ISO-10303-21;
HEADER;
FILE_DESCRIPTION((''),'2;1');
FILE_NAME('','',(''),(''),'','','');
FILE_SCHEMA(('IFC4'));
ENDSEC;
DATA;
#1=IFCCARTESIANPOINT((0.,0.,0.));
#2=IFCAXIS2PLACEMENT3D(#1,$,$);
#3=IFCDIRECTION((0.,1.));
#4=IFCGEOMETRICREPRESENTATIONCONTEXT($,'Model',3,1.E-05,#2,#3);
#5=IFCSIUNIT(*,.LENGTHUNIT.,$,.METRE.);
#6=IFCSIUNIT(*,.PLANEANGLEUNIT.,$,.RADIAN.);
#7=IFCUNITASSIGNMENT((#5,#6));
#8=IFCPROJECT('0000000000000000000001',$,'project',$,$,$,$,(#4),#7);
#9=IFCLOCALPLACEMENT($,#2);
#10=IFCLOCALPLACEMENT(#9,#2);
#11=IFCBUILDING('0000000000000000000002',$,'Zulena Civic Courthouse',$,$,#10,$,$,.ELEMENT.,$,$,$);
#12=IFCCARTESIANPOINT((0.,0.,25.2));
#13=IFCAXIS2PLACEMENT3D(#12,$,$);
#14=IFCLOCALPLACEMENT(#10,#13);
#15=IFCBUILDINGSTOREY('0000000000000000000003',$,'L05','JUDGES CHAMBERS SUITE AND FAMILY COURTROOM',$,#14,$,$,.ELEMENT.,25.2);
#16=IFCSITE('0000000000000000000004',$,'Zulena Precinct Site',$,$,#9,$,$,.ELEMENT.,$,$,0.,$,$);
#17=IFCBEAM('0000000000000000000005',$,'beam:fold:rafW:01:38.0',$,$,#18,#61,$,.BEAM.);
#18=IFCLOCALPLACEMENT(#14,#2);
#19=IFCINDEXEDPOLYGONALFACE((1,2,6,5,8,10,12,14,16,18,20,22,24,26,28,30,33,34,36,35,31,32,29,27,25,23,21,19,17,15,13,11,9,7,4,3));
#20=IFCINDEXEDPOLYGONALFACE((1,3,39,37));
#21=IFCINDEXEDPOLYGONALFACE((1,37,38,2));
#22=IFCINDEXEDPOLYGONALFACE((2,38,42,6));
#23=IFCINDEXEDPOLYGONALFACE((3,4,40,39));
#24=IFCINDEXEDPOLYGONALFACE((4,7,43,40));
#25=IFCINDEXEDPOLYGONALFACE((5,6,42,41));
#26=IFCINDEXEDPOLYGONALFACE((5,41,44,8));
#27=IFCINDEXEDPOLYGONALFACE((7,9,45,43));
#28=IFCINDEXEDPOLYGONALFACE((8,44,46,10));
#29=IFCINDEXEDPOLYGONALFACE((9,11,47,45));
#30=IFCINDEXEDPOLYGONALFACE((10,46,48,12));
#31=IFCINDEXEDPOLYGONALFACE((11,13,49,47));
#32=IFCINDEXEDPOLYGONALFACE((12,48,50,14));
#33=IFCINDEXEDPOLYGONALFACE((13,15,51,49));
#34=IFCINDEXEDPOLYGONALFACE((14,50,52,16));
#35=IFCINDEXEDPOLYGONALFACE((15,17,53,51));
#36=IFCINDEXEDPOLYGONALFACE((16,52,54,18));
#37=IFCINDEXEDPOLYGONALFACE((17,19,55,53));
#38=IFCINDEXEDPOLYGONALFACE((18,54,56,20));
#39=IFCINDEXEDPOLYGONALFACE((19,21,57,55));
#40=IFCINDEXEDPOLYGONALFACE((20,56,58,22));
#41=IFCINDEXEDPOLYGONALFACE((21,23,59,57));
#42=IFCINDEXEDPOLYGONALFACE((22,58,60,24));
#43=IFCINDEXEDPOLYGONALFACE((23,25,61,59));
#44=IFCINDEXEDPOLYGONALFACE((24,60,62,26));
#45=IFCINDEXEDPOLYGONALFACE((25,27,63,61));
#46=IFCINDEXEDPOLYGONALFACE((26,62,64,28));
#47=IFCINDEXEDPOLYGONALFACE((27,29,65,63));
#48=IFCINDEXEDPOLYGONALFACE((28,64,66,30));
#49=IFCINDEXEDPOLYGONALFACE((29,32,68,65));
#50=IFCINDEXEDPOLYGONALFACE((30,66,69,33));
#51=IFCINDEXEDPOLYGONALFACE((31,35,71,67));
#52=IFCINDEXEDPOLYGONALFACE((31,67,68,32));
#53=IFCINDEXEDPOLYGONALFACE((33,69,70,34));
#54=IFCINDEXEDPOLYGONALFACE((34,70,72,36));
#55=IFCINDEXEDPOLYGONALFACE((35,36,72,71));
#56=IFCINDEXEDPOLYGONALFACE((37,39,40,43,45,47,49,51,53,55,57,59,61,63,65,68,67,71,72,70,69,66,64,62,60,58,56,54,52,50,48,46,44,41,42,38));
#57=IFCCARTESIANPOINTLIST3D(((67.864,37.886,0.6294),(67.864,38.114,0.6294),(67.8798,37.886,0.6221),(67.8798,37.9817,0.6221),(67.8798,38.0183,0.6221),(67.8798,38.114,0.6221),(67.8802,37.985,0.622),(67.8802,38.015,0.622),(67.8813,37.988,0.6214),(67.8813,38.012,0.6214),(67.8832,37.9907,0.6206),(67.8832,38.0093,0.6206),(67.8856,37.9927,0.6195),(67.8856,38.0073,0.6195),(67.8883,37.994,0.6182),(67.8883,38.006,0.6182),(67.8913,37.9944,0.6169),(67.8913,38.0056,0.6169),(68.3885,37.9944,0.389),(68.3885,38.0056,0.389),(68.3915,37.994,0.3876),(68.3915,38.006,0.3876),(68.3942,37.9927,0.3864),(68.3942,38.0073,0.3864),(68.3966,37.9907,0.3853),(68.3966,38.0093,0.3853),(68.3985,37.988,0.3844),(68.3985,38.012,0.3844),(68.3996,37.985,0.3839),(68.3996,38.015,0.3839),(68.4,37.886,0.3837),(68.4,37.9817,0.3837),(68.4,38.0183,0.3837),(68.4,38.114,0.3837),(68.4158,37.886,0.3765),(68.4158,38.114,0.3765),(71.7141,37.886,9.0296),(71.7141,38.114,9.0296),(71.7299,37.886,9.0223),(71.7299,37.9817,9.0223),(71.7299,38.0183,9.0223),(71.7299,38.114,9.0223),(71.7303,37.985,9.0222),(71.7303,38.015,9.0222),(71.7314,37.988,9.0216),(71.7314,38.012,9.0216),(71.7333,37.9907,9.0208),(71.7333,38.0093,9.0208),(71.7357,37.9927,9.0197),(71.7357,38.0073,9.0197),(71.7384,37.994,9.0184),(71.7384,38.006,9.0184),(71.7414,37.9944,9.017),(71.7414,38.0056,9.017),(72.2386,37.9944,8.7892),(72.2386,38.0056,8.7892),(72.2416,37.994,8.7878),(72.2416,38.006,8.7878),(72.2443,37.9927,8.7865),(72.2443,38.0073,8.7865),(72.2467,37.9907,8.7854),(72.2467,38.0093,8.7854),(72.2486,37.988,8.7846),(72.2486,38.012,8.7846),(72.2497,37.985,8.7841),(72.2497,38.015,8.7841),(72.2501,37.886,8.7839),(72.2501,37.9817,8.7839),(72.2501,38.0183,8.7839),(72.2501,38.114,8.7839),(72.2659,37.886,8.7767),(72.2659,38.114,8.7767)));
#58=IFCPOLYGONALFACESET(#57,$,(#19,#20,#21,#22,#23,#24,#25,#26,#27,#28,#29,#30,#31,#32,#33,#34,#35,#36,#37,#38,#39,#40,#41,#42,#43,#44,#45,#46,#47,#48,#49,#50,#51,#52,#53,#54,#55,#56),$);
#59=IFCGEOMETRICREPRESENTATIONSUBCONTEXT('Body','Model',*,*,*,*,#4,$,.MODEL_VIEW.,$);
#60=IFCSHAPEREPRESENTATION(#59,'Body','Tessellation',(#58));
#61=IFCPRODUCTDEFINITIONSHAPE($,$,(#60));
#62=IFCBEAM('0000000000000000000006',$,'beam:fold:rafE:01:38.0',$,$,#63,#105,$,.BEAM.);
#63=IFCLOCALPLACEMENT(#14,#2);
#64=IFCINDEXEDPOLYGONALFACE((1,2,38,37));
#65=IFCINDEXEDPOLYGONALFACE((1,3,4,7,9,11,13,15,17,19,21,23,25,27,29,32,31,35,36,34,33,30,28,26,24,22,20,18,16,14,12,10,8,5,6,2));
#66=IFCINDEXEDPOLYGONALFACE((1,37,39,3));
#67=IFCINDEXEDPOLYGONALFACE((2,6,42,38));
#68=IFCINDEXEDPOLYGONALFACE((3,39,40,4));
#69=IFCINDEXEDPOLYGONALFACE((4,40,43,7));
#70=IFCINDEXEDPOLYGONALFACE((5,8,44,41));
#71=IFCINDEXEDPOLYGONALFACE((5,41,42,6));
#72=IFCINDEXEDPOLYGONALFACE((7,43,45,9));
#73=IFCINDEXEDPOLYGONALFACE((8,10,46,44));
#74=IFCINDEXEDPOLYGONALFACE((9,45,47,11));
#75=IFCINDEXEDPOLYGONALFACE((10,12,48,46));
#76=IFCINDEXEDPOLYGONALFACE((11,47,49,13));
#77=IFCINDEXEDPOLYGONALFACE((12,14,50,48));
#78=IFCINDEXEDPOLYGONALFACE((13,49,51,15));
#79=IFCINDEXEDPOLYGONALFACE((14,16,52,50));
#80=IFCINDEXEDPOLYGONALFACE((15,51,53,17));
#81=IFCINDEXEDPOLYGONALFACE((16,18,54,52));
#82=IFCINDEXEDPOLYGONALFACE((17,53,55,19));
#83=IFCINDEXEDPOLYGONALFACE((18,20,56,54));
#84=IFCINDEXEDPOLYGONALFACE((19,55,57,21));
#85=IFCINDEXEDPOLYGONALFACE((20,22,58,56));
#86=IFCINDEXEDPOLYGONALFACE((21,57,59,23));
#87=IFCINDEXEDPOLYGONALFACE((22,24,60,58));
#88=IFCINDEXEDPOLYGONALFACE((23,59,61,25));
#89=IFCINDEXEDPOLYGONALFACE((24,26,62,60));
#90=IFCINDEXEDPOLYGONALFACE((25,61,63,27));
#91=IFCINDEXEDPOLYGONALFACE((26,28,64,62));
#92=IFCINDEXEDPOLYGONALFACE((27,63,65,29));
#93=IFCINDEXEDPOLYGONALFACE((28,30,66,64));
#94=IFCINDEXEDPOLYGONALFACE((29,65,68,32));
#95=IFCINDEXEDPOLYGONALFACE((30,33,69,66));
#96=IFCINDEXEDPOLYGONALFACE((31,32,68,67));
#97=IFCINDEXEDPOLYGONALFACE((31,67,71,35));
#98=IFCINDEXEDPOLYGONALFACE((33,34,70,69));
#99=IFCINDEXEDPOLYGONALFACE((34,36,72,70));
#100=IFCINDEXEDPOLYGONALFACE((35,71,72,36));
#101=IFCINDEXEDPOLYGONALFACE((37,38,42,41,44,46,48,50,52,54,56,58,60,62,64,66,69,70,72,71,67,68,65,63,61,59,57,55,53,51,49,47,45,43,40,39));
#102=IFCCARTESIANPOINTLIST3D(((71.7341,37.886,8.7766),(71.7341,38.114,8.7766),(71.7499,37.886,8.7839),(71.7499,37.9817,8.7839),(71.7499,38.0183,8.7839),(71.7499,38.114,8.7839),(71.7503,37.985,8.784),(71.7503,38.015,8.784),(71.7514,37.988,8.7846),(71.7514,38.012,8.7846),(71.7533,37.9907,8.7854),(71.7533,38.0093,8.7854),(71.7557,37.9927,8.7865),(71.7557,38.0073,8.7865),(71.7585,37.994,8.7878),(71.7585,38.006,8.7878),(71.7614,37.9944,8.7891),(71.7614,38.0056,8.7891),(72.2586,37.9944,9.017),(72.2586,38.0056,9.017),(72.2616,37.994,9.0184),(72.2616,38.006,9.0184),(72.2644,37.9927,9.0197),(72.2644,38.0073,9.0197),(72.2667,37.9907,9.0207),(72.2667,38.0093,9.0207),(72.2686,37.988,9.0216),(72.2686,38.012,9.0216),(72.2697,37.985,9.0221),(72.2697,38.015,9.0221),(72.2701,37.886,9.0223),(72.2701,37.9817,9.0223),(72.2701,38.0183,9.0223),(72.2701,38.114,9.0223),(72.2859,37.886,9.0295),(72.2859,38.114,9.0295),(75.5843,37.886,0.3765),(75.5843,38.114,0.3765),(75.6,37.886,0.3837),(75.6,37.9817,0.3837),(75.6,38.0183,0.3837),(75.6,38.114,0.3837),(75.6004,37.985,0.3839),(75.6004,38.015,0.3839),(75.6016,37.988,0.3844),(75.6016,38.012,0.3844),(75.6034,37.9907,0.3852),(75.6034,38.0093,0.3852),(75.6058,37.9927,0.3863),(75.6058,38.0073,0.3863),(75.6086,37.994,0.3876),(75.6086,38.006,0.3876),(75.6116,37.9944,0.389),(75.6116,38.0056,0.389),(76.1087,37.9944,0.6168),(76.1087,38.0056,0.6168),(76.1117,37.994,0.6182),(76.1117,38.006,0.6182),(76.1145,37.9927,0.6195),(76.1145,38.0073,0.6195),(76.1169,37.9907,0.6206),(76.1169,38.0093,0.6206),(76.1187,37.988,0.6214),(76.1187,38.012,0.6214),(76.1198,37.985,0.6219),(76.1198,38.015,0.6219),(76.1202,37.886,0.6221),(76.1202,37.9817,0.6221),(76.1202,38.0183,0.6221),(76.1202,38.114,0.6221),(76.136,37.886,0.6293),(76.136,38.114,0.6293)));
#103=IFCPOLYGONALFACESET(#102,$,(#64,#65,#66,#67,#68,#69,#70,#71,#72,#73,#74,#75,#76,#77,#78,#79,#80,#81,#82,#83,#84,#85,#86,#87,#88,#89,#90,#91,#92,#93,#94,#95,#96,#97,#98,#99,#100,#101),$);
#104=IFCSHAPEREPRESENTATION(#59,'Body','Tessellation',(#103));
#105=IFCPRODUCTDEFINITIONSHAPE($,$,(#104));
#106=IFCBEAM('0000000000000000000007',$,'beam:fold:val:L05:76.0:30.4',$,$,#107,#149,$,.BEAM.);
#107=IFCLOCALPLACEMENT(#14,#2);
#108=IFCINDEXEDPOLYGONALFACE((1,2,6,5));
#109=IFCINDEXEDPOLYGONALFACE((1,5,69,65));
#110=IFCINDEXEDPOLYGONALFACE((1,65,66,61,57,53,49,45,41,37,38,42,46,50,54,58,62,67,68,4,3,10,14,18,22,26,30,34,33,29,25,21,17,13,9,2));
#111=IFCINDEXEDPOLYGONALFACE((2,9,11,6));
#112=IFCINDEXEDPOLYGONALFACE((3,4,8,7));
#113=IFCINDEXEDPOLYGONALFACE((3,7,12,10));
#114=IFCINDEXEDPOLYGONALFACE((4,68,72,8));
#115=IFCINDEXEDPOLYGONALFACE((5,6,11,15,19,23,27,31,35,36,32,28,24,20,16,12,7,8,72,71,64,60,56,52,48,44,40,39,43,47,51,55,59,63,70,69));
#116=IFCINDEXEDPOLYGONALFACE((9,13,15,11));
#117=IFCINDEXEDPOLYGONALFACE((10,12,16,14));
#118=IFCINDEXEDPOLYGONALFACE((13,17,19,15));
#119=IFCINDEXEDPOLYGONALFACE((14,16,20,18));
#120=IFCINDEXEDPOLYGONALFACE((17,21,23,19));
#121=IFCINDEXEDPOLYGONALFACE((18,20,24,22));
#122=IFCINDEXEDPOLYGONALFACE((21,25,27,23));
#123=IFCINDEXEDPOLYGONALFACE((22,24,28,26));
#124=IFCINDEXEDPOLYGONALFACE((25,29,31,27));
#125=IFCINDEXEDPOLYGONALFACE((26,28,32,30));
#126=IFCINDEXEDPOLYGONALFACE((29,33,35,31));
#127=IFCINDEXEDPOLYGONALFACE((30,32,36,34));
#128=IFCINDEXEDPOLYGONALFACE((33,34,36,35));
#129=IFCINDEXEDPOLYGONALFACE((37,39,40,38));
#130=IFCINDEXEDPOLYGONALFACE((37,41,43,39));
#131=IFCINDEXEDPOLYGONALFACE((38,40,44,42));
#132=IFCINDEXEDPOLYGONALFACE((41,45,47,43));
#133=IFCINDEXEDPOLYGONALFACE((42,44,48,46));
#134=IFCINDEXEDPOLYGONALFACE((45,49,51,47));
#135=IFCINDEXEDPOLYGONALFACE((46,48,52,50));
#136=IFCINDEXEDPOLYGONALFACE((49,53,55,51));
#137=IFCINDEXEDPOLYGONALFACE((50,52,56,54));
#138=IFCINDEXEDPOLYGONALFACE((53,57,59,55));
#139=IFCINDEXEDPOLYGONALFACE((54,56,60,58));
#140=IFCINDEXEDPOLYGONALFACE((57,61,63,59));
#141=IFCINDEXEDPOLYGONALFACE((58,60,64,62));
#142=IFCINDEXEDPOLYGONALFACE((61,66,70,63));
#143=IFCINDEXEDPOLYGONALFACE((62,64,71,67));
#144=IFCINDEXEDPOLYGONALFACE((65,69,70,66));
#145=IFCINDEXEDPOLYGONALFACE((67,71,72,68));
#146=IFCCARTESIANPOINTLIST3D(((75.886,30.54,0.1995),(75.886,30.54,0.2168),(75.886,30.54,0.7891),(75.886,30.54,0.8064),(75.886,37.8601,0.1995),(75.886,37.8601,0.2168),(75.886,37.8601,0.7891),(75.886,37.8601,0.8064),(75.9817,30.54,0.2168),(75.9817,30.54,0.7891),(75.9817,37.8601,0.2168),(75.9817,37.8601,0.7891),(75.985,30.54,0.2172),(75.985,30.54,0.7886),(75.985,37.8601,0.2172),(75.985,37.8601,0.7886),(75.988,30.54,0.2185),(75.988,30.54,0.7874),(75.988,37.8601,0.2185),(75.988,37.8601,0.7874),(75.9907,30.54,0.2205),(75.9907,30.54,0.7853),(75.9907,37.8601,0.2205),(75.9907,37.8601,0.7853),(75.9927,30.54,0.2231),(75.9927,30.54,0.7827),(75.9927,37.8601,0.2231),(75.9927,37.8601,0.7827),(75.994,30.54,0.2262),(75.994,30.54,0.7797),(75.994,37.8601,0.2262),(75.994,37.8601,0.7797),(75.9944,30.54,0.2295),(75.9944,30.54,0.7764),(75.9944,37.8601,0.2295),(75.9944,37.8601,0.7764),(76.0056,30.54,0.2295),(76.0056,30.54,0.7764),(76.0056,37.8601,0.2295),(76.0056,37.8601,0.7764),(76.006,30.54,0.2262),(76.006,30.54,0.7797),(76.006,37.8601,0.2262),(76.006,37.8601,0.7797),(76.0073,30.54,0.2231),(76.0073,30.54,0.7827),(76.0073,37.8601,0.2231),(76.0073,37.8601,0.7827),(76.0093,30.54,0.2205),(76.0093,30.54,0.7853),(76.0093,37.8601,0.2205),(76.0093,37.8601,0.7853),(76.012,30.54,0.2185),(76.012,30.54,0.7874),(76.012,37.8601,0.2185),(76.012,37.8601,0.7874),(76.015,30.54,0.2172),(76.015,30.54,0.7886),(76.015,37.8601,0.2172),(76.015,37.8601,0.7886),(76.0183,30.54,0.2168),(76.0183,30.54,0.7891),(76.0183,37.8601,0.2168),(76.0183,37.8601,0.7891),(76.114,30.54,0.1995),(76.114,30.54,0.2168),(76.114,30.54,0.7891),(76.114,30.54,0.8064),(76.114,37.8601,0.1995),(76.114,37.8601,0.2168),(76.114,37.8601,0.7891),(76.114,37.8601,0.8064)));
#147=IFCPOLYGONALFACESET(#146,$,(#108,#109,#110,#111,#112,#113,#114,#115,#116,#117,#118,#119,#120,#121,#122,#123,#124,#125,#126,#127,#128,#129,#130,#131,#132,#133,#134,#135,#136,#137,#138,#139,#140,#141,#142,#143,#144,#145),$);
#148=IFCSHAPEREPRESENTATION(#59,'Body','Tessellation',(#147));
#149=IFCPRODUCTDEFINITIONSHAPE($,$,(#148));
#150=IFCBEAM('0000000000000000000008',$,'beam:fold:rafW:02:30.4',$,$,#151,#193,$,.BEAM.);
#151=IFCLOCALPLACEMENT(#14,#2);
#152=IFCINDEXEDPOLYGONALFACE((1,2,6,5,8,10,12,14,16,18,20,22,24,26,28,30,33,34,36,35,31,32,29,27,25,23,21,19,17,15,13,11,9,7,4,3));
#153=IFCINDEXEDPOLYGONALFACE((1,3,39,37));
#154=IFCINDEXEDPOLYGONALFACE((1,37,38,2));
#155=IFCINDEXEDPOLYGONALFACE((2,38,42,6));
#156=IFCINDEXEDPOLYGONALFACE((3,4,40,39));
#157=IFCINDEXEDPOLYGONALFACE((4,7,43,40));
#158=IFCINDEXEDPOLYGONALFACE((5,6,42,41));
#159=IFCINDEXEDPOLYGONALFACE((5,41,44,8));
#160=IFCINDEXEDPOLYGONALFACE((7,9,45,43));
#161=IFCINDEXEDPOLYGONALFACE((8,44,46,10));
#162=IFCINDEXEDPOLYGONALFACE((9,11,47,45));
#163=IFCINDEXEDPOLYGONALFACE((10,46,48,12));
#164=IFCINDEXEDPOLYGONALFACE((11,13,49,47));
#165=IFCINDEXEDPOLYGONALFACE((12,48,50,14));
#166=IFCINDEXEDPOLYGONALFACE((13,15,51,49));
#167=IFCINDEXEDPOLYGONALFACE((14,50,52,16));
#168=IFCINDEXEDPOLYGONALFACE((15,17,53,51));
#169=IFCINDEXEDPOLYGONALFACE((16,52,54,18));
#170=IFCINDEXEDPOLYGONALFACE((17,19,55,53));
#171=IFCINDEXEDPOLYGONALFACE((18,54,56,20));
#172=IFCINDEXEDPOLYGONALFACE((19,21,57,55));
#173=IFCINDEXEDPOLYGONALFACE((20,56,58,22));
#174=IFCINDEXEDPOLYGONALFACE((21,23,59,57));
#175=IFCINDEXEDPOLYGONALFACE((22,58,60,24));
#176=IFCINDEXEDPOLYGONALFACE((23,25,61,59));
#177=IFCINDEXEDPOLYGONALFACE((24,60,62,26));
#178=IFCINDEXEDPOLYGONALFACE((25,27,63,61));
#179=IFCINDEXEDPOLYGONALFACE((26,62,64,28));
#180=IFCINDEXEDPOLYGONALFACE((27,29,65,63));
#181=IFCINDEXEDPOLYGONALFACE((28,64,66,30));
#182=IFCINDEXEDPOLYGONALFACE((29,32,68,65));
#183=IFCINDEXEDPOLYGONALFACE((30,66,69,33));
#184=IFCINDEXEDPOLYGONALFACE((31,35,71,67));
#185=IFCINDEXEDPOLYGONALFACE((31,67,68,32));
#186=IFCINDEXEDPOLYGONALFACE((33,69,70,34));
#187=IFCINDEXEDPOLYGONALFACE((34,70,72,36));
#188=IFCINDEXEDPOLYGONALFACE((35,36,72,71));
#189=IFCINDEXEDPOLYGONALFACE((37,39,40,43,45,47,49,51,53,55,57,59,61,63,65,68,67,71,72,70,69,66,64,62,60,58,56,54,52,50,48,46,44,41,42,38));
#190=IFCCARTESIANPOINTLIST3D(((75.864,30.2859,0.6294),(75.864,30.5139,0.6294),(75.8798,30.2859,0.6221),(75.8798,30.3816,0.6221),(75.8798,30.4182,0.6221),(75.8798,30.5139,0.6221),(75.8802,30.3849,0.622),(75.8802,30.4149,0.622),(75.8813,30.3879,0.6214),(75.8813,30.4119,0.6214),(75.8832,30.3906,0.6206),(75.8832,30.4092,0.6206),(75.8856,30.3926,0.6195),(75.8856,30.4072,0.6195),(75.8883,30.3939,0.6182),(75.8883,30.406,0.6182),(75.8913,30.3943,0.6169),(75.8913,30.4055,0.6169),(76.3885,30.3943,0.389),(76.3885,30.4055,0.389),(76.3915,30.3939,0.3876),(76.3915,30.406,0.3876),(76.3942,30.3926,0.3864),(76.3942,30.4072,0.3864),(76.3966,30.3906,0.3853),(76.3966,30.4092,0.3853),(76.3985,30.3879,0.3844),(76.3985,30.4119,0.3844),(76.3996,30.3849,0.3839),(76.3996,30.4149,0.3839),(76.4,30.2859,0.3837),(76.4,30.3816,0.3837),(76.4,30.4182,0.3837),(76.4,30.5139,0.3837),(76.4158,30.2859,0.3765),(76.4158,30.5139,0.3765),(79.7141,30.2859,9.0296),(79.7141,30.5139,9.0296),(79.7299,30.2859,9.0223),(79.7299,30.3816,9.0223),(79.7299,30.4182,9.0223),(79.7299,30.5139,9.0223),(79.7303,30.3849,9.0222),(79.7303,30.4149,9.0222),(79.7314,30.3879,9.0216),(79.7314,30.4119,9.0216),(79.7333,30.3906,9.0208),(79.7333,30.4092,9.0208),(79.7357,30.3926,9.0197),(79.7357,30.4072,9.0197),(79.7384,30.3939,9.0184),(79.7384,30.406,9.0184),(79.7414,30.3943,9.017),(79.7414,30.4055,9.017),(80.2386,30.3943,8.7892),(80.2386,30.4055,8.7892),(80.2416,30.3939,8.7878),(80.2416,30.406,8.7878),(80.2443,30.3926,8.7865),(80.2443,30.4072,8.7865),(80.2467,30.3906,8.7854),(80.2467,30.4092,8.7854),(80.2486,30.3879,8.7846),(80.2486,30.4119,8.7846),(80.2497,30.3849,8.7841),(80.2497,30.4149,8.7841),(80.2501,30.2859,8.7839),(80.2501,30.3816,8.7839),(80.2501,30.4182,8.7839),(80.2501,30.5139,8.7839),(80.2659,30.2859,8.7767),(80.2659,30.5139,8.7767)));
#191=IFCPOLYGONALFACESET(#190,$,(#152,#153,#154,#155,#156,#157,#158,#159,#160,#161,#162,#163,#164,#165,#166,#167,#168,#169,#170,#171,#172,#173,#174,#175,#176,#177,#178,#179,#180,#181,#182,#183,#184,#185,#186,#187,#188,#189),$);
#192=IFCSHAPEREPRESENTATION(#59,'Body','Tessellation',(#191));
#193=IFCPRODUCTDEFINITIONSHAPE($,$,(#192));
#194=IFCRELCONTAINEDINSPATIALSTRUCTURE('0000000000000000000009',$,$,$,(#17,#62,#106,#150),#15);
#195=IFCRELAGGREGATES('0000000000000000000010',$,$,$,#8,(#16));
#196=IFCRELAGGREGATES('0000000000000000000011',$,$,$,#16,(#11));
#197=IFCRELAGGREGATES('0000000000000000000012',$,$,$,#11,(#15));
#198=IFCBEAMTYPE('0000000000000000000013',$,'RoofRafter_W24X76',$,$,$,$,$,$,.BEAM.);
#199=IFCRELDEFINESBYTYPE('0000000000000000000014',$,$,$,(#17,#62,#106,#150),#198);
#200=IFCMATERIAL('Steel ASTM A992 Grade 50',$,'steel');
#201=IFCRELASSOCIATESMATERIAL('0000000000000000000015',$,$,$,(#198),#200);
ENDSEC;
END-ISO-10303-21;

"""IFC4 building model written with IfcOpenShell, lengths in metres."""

from ifc_helpers import new_model, si_unit, direction, frame, origin, origin_2d, place, context, subcontext, project, spatial, i_section, extrude, material, material_profile, profile_set, type_object, element, save


model = new_model("IFC4")

# Units and contexts
model_context = context("Model", 3, precision=1e-05, world=origin(), true_north=direction((0.0, 1.0)))
body_context = subcontext(model_context, "Body", "Model", "MODEL_VIEW")
ifc_project = project(units=[si_unit("LENGTHUNIT", "METRE"), si_unit("PLANEANGLEUNIT", "RADIAN")], contexts=[model_context])

# Site, building, storey
site_placement = place(None, origin())
site = spatial("IfcSite", under=ifc_project, at=site_placement, Name="Zulena Precinct Site", CompositionType="ELEMENT", RefElevation=0.0)
building_placement = place(site_placement, origin())
building = spatial("IfcBuilding", under=site, at=building_placement, Name="Zulena Civic Courthouse", CompositionType="ELEMENT")
storey_placement = place(building_placement, frame((0.0, 0.0, 25.2)))
storey = spatial("IfcBuildingStorey", under=building, at=storey_placement, Name="L05", Description="JUDGES CHAMBERS SUITE AND FAMILY COURTROOM", CompositionType="ELEMENT", Elevation=25.2)

# Shared definitions
ifc_material_1 = material(Name="Steel ASTM A992 Grade 50", Category="steel")

# Beams
ifc_material_profile_1 = material_profile(ifc_material_1, i_section(OverallWidth=0.228, OverallDepth=0.6069, WebThickness=0.0112, FlangeThickness=0.0173, FilletRadius=0.0127, at=origin_2d()), Name="W24X76")
ifc_profile_set_1 = profile_set([ifc_material_profile_1], Name="Steel ASTM A992 Grade 50")
beam_type_1 = type_object("IfcBeamType", Name="RoofRafter_W24X76", PredefinedType="BEAM", material=ifc_profile_set_1)
for number, where, z_axis, x_axis, name in (
    (1, (68.1399, 38.0, 0.5029), (0.416657, 0.0, 0.909064), (0.0, 1.0, 0.0), "beam:fold:rafW:01:38.0"),
    (2, (72.01, 38.0, 8.9031), (0.416657, 0.0, -0.909064), (0.0, 1.0, 0.0), "beam:fold:rafE:01:38.0"),
):
    element("IfcBeam", number, at=place(storey_placement, frame(where, z_axis=z_axis, x_axis=x_axis)), inside=storey, type_object=beam_type_1, Name=name, PredefinedType="BEAM", context=body_context, shape_type="SweptSolid", body=[
        extrude(i_section(OverallWidth=0.228, OverallDepth=0.6069, WebThickness=0.0112, FlangeThickness=0.0173, FilletRadius=0.0127, at=origin_2d()), origin(), (0.0, 0.0, 1.0), 9.2405),
    ])
beam_1_placement = place(storey_placement, frame((76.0, 30.54, 0.5029), z_axis=(0.0, 1.0, 0.0), x_axis=(-1.0, 0.0, 0.0)))
element("IfcBeam", 3, at=beam_1_placement, inside=storey, type_object=beam_type_1, Name="beam:fold:val:L05:76.0:30.4", PredefinedType="BEAM", context=body_context, shape_type="SweptSolid", body=[
    extrude(i_section(OverallWidth=0.228, OverallDepth=0.6069, WebThickness=0.0112, FlangeThickness=0.0173, FilletRadius=0.0127, at=origin_2d()), origin(), (0.0, 0.0, 1.0), 7.3201),
])
beam_2_placement = place(storey_placement, frame((76.1399, 30.3999, 0.5029), z_axis=(0.416657, 0.0, 0.909064), x_axis=(0.0, 1.0, 0.0)))
element("IfcBeam", 4, at=beam_2_placement, inside=storey, type_object=beam_type_1, Name="beam:fold:rafW:02:30.4", PredefinedType="BEAM", context=body_context, shape_type="SweptSolid", body=[
    extrude(i_section(OverallWidth=0.228, OverallDepth=0.6069, WebThickness=0.0112, FlangeThickness=0.0173, FilletRadius=0.0127, at=origin_2d()), origin(), (0.0, 0.0, 1.0), 9.2405),
])

save(model, "model.ifc")
